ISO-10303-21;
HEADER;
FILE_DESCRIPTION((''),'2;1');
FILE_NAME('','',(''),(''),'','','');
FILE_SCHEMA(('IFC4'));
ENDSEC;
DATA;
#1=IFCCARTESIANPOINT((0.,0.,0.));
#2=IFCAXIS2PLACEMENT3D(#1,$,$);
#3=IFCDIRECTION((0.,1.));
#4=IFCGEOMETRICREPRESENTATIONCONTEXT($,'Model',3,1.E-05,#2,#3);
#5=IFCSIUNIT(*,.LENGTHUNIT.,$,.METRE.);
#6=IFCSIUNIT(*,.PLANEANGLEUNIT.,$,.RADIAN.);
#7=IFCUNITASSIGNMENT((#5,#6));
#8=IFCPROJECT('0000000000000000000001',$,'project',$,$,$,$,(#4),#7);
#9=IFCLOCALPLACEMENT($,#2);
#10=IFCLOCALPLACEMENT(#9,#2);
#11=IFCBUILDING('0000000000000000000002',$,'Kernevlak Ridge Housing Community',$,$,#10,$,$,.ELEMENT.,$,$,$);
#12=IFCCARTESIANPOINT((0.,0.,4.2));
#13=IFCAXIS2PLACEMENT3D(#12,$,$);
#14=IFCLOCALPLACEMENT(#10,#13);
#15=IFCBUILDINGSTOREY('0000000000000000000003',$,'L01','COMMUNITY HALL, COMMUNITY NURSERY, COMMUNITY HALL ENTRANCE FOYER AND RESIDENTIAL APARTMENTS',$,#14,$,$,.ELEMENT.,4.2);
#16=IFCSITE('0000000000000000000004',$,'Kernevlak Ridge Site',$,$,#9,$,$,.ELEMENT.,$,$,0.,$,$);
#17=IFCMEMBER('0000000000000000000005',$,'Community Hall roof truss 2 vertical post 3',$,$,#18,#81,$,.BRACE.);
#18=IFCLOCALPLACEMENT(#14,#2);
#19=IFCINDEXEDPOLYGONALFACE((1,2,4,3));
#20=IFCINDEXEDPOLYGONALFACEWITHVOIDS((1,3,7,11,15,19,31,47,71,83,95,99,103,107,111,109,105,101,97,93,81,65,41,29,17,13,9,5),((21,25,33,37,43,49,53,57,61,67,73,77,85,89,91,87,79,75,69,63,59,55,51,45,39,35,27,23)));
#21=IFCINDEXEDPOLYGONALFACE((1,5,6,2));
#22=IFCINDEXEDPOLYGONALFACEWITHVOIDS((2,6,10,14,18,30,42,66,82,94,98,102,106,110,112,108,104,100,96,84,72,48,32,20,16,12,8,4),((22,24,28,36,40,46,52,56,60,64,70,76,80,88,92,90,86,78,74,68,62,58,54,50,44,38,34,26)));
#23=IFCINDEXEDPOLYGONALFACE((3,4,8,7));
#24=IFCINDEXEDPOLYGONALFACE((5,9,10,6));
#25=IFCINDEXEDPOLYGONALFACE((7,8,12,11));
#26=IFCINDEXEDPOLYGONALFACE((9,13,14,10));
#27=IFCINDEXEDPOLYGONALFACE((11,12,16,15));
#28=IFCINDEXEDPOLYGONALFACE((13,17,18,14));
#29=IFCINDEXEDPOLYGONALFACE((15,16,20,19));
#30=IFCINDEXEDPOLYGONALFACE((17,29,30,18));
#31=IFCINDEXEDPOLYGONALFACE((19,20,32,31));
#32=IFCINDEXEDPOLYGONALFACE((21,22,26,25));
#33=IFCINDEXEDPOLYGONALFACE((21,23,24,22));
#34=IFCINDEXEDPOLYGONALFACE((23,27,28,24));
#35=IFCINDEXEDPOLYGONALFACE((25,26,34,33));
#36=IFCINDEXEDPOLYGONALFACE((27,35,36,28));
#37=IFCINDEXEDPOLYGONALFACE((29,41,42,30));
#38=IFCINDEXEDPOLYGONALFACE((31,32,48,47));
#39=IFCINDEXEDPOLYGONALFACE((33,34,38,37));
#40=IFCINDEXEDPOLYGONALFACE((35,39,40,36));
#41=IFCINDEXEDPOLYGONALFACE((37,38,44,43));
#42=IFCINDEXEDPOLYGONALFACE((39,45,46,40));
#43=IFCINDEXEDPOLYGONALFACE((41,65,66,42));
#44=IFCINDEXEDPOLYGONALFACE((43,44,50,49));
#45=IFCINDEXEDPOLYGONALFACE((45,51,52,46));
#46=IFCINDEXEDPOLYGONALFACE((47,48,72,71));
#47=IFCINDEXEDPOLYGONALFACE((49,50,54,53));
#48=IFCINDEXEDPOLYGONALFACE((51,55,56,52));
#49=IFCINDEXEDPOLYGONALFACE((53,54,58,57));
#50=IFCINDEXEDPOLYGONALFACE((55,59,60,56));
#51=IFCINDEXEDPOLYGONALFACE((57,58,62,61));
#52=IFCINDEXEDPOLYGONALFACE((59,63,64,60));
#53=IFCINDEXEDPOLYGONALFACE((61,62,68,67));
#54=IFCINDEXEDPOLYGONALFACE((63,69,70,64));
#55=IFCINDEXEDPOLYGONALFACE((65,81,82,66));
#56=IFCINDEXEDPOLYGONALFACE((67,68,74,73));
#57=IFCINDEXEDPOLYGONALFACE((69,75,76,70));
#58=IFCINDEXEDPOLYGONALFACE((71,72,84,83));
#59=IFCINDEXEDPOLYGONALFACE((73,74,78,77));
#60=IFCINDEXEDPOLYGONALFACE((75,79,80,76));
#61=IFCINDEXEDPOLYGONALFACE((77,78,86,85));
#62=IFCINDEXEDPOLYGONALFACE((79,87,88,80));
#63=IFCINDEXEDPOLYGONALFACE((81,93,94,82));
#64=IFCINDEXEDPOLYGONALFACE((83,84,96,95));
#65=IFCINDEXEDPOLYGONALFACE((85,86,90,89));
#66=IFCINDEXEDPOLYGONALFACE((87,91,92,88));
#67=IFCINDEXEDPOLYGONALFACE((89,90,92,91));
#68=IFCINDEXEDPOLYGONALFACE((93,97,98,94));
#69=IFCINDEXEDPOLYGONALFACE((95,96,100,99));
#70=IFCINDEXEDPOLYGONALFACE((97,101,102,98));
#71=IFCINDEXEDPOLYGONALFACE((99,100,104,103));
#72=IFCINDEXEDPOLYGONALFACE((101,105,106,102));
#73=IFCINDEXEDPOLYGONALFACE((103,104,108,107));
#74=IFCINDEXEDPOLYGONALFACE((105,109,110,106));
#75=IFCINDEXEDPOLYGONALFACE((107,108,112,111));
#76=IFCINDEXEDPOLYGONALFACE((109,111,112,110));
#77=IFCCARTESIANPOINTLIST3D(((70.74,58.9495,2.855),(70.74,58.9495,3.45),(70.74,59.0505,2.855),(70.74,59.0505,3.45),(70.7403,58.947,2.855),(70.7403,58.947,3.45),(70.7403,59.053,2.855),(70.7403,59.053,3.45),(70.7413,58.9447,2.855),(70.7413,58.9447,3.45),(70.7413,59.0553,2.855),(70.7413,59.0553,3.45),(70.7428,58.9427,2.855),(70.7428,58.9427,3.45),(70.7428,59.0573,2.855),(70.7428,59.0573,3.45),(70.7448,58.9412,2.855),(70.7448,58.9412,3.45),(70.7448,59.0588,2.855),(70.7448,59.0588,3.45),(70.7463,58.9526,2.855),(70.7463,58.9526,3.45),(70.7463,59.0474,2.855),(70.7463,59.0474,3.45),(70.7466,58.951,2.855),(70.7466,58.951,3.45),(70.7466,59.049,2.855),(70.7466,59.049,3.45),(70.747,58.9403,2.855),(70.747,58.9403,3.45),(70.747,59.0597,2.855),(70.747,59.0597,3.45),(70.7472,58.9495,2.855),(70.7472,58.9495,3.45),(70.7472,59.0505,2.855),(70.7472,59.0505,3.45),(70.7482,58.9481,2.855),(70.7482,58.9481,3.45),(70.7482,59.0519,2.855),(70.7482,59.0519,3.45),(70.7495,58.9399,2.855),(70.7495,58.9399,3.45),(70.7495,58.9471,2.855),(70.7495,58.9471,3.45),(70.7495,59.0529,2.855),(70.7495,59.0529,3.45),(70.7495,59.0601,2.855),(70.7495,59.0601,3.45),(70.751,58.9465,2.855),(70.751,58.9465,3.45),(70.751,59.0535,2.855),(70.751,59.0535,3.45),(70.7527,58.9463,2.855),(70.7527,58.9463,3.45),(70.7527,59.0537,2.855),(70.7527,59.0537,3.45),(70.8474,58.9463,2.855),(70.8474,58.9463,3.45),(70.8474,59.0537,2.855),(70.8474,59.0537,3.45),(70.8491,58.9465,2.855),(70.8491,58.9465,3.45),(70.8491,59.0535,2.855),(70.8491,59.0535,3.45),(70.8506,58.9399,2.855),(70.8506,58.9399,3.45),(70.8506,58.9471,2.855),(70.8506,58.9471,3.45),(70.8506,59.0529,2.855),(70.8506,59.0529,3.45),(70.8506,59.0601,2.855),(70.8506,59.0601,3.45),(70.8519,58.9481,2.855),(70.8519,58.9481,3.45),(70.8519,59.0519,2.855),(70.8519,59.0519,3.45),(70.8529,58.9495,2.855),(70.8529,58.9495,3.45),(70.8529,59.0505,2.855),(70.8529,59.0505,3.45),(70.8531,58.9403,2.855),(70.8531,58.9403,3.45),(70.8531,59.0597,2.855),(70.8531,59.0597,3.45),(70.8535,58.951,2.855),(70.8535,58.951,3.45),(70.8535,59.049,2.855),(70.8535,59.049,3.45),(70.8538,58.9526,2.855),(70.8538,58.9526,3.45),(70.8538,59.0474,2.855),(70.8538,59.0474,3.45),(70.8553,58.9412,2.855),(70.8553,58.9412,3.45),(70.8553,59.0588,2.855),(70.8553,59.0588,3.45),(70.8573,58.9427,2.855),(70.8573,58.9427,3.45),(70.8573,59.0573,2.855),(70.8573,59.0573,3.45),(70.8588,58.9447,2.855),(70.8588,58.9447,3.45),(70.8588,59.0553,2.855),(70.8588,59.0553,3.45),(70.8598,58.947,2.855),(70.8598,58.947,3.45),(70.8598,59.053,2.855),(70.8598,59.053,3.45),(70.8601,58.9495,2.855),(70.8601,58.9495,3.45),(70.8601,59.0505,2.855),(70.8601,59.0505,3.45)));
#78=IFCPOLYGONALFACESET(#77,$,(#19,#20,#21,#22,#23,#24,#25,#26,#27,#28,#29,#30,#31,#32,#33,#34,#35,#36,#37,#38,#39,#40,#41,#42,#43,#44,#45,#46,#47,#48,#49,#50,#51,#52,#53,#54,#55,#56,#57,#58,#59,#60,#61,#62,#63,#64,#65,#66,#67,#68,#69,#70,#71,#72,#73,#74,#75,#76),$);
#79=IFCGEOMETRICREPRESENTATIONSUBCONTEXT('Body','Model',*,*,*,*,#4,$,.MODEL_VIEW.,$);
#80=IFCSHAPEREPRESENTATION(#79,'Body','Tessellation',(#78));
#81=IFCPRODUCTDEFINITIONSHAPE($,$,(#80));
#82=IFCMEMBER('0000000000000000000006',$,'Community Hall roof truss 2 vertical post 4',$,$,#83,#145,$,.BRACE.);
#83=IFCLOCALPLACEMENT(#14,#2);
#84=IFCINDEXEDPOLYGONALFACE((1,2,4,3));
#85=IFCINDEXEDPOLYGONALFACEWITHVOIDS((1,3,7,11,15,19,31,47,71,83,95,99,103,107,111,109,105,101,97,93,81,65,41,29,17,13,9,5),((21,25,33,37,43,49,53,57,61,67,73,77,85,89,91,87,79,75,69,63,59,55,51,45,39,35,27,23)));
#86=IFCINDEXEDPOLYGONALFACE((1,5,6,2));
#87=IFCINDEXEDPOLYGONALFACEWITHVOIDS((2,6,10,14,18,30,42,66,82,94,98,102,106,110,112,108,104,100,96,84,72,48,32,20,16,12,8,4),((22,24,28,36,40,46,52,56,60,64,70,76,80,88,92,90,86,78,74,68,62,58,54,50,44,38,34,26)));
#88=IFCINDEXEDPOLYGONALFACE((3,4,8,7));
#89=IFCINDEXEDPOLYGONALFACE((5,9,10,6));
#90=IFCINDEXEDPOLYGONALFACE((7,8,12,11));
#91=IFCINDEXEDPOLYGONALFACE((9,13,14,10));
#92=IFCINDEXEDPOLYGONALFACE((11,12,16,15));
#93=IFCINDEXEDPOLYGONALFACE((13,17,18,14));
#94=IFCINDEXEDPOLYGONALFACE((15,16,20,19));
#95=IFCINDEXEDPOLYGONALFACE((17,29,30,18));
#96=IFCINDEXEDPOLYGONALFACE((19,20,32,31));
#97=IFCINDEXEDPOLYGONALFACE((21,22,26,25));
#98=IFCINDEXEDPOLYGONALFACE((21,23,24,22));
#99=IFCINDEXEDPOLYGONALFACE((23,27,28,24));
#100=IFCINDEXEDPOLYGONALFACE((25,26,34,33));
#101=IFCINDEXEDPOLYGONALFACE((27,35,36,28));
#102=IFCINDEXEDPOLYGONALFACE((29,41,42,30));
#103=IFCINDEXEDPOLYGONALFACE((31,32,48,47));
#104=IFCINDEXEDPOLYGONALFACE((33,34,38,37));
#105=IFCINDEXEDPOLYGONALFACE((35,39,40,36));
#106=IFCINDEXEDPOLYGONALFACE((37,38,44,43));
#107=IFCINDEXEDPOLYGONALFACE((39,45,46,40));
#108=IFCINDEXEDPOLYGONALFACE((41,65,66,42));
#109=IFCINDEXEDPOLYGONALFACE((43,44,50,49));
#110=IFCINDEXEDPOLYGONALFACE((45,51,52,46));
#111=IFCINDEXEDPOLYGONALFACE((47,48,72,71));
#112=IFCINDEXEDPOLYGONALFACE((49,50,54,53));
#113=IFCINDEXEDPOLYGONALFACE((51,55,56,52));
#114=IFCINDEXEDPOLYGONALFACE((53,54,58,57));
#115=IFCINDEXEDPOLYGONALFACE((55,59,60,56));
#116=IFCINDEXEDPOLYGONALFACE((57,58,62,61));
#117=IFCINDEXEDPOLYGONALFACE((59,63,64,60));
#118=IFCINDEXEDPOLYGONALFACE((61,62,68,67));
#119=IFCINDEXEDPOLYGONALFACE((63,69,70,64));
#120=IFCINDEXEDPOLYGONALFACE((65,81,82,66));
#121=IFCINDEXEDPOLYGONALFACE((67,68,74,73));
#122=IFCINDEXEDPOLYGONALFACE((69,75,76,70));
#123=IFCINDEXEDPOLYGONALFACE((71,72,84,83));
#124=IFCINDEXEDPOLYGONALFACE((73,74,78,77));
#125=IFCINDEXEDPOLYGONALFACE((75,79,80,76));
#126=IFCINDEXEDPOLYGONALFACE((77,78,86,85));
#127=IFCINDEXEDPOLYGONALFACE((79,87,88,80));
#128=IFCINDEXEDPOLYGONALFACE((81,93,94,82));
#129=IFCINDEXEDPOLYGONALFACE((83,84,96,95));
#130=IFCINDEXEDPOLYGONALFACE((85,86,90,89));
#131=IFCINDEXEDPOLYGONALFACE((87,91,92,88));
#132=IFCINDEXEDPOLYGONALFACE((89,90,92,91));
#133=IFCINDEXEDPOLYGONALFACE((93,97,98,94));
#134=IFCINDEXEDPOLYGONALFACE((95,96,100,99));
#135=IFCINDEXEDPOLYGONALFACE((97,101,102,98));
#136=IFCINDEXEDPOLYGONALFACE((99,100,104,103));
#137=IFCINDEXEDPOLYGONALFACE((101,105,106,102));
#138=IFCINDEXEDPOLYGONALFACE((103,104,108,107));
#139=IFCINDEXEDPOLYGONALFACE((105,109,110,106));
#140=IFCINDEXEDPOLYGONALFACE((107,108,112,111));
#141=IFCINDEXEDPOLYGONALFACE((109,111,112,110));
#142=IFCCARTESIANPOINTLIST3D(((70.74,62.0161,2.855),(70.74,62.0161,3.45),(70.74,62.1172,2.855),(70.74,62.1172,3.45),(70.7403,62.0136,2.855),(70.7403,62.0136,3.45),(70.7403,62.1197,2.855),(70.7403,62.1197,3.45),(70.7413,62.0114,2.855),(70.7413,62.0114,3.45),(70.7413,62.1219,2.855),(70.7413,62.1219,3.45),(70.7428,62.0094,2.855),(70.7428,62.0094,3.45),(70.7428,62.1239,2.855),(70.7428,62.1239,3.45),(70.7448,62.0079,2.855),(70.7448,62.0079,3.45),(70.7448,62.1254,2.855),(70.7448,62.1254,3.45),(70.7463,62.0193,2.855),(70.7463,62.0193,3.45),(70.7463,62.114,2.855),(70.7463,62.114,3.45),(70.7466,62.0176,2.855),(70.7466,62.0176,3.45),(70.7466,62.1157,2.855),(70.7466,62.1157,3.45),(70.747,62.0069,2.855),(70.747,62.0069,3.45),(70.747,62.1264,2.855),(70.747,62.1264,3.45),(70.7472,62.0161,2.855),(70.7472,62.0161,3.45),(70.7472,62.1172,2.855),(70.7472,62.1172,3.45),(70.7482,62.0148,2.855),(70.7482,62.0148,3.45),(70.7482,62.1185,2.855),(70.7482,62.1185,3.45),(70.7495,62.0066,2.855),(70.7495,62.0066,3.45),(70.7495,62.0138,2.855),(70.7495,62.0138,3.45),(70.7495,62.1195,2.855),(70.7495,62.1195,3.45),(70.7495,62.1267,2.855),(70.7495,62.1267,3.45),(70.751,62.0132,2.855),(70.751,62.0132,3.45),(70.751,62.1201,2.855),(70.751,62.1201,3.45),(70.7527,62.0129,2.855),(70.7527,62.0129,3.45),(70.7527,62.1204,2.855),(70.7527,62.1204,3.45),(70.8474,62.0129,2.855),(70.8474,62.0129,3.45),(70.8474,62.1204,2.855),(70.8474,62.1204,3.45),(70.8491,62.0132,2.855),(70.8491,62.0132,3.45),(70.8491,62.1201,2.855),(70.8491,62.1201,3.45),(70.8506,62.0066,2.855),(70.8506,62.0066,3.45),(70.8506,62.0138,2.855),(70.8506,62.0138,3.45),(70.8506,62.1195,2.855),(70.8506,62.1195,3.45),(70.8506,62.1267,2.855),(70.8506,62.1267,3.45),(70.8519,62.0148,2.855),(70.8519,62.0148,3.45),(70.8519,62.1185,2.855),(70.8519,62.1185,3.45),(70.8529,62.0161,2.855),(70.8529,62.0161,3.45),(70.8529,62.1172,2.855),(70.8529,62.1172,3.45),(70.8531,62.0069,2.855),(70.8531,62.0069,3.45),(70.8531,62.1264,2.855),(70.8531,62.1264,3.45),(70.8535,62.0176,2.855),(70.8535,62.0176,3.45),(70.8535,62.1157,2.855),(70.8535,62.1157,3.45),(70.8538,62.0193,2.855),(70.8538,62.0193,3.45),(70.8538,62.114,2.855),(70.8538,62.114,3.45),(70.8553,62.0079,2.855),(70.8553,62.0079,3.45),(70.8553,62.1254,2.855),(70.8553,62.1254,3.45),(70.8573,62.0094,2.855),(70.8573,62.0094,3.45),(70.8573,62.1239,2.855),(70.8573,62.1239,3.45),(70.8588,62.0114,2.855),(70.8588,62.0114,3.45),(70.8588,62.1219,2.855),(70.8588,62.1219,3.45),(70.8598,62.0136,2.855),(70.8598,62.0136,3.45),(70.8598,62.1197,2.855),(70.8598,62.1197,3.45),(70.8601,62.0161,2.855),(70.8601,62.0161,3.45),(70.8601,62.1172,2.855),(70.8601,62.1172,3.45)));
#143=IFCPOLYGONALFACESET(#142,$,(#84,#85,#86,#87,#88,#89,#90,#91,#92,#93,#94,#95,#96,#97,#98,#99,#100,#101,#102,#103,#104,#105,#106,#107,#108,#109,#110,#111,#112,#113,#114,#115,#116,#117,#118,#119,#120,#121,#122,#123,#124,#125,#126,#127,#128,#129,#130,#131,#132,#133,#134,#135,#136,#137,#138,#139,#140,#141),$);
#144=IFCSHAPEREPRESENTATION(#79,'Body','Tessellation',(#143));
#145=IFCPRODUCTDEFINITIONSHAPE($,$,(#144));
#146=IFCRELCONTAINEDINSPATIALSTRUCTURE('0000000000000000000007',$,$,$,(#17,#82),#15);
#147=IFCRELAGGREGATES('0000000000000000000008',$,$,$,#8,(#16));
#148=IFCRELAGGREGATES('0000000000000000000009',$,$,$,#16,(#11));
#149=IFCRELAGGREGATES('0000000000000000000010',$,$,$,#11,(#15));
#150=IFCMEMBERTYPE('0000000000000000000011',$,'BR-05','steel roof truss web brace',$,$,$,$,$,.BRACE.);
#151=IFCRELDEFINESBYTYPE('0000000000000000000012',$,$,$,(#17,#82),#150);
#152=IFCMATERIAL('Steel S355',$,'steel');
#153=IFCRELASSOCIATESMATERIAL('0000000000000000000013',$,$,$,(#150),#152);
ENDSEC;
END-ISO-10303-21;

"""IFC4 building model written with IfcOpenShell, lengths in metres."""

from ifc_helpers import new_model, si_unit, direction, frame, origin, origin_2d, place, context, subcontext, project, spatial, hollow_rectangle, extrude, material, material_profile, profile_set, type_object, element, save


model = new_model("IFC4")

# Units and contexts
model_context = context("Model", 3, precision=1e-05, world=origin(), true_north=direction((0.0, 1.0)))
body_context = subcontext(model_context, "Body", "Model", "MODEL_VIEW")
ifc_project = project(units=[si_unit("LENGTHUNIT", "METRE"), si_unit("PLANEANGLEUNIT", "RADIAN")], contexts=[model_context])

# Site, building, storey
site_placement = place(None, origin())
site = spatial("IfcSite", under=ifc_project, at=site_placement, Name="Kernevlak Ridge Site", CompositionType="ELEMENT", RefElevation=0.0)
building_placement = place(site_placement, origin())
building = spatial("IfcBuilding", under=site, at=building_placement, Name="Kernevlak Ridge Housing Community", CompositionType="ELEMENT")
storey_placement = place(building_placement, frame((0.0, 0.0, 4.2)))
storey = spatial("IfcBuildingStorey", under=building, at=storey_placement, Name="L01", Description="COMMUNITY HALL, COMMUNITY NURSERY, COMMUNITY HALL ENTRANCE FOYER AND RESIDENTIAL APARTMENTS", CompositionType="ELEMENT", Elevation=4.2)

# Members
ifc_material = material(Name="Steel S355", Category="steel")
ifc_material_profile_1 = material_profile(ifc_material, hollow_rectangle(XDim=0.1201, YDim=0.1201, WallThickness=0.0063, InnerFilletRadius=0.0063, OuterFilletRadius=0.0095, at=origin_2d()), Name="SHS 120x120x6.3")
ifc_profile_set_1 = profile_set([ifc_material_profile_1], Name="Steel S355")
member_type_1 = type_object("IfcMemberType", Name="BR-05", Description="steel roof truss web brace", PredefinedType="BRACE", material=ifc_profile_set_1)
for number, where, z_axis, x_axis, name in (
    (1, (70.8, 59.0, 2.855), (0.0, 0.0, 1.0), (1.0, 0.0, 0.0), "Community Hall roof truss 2 vertical post 3"),
    (2, (70.8, 62.0667, 2.855), (0.0, 0.0, 1.0), (1.0, 0.0, 0.0), "Community Hall roof truss 2 vertical post 4"),
):
    element("IfcMember", number, at=place(storey_placement, frame(where, z_axis=z_axis, x_axis=x_axis)), inside=storey, type_object=member_type_1, Name=name, PredefinedType="BRACE", context=body_context, shape_type="SweptSolid", body=[
        extrude(hollow_rectangle(XDim=0.1201, YDim=0.1201, WallThickness=0.0063, InnerFilletRadius=0.0063, OuterFilletRadius=0.0095, at=origin_2d()), origin(), (0.0, 0.0, 1.0), 0.595),
    ])

save(model, "model.ifc")
